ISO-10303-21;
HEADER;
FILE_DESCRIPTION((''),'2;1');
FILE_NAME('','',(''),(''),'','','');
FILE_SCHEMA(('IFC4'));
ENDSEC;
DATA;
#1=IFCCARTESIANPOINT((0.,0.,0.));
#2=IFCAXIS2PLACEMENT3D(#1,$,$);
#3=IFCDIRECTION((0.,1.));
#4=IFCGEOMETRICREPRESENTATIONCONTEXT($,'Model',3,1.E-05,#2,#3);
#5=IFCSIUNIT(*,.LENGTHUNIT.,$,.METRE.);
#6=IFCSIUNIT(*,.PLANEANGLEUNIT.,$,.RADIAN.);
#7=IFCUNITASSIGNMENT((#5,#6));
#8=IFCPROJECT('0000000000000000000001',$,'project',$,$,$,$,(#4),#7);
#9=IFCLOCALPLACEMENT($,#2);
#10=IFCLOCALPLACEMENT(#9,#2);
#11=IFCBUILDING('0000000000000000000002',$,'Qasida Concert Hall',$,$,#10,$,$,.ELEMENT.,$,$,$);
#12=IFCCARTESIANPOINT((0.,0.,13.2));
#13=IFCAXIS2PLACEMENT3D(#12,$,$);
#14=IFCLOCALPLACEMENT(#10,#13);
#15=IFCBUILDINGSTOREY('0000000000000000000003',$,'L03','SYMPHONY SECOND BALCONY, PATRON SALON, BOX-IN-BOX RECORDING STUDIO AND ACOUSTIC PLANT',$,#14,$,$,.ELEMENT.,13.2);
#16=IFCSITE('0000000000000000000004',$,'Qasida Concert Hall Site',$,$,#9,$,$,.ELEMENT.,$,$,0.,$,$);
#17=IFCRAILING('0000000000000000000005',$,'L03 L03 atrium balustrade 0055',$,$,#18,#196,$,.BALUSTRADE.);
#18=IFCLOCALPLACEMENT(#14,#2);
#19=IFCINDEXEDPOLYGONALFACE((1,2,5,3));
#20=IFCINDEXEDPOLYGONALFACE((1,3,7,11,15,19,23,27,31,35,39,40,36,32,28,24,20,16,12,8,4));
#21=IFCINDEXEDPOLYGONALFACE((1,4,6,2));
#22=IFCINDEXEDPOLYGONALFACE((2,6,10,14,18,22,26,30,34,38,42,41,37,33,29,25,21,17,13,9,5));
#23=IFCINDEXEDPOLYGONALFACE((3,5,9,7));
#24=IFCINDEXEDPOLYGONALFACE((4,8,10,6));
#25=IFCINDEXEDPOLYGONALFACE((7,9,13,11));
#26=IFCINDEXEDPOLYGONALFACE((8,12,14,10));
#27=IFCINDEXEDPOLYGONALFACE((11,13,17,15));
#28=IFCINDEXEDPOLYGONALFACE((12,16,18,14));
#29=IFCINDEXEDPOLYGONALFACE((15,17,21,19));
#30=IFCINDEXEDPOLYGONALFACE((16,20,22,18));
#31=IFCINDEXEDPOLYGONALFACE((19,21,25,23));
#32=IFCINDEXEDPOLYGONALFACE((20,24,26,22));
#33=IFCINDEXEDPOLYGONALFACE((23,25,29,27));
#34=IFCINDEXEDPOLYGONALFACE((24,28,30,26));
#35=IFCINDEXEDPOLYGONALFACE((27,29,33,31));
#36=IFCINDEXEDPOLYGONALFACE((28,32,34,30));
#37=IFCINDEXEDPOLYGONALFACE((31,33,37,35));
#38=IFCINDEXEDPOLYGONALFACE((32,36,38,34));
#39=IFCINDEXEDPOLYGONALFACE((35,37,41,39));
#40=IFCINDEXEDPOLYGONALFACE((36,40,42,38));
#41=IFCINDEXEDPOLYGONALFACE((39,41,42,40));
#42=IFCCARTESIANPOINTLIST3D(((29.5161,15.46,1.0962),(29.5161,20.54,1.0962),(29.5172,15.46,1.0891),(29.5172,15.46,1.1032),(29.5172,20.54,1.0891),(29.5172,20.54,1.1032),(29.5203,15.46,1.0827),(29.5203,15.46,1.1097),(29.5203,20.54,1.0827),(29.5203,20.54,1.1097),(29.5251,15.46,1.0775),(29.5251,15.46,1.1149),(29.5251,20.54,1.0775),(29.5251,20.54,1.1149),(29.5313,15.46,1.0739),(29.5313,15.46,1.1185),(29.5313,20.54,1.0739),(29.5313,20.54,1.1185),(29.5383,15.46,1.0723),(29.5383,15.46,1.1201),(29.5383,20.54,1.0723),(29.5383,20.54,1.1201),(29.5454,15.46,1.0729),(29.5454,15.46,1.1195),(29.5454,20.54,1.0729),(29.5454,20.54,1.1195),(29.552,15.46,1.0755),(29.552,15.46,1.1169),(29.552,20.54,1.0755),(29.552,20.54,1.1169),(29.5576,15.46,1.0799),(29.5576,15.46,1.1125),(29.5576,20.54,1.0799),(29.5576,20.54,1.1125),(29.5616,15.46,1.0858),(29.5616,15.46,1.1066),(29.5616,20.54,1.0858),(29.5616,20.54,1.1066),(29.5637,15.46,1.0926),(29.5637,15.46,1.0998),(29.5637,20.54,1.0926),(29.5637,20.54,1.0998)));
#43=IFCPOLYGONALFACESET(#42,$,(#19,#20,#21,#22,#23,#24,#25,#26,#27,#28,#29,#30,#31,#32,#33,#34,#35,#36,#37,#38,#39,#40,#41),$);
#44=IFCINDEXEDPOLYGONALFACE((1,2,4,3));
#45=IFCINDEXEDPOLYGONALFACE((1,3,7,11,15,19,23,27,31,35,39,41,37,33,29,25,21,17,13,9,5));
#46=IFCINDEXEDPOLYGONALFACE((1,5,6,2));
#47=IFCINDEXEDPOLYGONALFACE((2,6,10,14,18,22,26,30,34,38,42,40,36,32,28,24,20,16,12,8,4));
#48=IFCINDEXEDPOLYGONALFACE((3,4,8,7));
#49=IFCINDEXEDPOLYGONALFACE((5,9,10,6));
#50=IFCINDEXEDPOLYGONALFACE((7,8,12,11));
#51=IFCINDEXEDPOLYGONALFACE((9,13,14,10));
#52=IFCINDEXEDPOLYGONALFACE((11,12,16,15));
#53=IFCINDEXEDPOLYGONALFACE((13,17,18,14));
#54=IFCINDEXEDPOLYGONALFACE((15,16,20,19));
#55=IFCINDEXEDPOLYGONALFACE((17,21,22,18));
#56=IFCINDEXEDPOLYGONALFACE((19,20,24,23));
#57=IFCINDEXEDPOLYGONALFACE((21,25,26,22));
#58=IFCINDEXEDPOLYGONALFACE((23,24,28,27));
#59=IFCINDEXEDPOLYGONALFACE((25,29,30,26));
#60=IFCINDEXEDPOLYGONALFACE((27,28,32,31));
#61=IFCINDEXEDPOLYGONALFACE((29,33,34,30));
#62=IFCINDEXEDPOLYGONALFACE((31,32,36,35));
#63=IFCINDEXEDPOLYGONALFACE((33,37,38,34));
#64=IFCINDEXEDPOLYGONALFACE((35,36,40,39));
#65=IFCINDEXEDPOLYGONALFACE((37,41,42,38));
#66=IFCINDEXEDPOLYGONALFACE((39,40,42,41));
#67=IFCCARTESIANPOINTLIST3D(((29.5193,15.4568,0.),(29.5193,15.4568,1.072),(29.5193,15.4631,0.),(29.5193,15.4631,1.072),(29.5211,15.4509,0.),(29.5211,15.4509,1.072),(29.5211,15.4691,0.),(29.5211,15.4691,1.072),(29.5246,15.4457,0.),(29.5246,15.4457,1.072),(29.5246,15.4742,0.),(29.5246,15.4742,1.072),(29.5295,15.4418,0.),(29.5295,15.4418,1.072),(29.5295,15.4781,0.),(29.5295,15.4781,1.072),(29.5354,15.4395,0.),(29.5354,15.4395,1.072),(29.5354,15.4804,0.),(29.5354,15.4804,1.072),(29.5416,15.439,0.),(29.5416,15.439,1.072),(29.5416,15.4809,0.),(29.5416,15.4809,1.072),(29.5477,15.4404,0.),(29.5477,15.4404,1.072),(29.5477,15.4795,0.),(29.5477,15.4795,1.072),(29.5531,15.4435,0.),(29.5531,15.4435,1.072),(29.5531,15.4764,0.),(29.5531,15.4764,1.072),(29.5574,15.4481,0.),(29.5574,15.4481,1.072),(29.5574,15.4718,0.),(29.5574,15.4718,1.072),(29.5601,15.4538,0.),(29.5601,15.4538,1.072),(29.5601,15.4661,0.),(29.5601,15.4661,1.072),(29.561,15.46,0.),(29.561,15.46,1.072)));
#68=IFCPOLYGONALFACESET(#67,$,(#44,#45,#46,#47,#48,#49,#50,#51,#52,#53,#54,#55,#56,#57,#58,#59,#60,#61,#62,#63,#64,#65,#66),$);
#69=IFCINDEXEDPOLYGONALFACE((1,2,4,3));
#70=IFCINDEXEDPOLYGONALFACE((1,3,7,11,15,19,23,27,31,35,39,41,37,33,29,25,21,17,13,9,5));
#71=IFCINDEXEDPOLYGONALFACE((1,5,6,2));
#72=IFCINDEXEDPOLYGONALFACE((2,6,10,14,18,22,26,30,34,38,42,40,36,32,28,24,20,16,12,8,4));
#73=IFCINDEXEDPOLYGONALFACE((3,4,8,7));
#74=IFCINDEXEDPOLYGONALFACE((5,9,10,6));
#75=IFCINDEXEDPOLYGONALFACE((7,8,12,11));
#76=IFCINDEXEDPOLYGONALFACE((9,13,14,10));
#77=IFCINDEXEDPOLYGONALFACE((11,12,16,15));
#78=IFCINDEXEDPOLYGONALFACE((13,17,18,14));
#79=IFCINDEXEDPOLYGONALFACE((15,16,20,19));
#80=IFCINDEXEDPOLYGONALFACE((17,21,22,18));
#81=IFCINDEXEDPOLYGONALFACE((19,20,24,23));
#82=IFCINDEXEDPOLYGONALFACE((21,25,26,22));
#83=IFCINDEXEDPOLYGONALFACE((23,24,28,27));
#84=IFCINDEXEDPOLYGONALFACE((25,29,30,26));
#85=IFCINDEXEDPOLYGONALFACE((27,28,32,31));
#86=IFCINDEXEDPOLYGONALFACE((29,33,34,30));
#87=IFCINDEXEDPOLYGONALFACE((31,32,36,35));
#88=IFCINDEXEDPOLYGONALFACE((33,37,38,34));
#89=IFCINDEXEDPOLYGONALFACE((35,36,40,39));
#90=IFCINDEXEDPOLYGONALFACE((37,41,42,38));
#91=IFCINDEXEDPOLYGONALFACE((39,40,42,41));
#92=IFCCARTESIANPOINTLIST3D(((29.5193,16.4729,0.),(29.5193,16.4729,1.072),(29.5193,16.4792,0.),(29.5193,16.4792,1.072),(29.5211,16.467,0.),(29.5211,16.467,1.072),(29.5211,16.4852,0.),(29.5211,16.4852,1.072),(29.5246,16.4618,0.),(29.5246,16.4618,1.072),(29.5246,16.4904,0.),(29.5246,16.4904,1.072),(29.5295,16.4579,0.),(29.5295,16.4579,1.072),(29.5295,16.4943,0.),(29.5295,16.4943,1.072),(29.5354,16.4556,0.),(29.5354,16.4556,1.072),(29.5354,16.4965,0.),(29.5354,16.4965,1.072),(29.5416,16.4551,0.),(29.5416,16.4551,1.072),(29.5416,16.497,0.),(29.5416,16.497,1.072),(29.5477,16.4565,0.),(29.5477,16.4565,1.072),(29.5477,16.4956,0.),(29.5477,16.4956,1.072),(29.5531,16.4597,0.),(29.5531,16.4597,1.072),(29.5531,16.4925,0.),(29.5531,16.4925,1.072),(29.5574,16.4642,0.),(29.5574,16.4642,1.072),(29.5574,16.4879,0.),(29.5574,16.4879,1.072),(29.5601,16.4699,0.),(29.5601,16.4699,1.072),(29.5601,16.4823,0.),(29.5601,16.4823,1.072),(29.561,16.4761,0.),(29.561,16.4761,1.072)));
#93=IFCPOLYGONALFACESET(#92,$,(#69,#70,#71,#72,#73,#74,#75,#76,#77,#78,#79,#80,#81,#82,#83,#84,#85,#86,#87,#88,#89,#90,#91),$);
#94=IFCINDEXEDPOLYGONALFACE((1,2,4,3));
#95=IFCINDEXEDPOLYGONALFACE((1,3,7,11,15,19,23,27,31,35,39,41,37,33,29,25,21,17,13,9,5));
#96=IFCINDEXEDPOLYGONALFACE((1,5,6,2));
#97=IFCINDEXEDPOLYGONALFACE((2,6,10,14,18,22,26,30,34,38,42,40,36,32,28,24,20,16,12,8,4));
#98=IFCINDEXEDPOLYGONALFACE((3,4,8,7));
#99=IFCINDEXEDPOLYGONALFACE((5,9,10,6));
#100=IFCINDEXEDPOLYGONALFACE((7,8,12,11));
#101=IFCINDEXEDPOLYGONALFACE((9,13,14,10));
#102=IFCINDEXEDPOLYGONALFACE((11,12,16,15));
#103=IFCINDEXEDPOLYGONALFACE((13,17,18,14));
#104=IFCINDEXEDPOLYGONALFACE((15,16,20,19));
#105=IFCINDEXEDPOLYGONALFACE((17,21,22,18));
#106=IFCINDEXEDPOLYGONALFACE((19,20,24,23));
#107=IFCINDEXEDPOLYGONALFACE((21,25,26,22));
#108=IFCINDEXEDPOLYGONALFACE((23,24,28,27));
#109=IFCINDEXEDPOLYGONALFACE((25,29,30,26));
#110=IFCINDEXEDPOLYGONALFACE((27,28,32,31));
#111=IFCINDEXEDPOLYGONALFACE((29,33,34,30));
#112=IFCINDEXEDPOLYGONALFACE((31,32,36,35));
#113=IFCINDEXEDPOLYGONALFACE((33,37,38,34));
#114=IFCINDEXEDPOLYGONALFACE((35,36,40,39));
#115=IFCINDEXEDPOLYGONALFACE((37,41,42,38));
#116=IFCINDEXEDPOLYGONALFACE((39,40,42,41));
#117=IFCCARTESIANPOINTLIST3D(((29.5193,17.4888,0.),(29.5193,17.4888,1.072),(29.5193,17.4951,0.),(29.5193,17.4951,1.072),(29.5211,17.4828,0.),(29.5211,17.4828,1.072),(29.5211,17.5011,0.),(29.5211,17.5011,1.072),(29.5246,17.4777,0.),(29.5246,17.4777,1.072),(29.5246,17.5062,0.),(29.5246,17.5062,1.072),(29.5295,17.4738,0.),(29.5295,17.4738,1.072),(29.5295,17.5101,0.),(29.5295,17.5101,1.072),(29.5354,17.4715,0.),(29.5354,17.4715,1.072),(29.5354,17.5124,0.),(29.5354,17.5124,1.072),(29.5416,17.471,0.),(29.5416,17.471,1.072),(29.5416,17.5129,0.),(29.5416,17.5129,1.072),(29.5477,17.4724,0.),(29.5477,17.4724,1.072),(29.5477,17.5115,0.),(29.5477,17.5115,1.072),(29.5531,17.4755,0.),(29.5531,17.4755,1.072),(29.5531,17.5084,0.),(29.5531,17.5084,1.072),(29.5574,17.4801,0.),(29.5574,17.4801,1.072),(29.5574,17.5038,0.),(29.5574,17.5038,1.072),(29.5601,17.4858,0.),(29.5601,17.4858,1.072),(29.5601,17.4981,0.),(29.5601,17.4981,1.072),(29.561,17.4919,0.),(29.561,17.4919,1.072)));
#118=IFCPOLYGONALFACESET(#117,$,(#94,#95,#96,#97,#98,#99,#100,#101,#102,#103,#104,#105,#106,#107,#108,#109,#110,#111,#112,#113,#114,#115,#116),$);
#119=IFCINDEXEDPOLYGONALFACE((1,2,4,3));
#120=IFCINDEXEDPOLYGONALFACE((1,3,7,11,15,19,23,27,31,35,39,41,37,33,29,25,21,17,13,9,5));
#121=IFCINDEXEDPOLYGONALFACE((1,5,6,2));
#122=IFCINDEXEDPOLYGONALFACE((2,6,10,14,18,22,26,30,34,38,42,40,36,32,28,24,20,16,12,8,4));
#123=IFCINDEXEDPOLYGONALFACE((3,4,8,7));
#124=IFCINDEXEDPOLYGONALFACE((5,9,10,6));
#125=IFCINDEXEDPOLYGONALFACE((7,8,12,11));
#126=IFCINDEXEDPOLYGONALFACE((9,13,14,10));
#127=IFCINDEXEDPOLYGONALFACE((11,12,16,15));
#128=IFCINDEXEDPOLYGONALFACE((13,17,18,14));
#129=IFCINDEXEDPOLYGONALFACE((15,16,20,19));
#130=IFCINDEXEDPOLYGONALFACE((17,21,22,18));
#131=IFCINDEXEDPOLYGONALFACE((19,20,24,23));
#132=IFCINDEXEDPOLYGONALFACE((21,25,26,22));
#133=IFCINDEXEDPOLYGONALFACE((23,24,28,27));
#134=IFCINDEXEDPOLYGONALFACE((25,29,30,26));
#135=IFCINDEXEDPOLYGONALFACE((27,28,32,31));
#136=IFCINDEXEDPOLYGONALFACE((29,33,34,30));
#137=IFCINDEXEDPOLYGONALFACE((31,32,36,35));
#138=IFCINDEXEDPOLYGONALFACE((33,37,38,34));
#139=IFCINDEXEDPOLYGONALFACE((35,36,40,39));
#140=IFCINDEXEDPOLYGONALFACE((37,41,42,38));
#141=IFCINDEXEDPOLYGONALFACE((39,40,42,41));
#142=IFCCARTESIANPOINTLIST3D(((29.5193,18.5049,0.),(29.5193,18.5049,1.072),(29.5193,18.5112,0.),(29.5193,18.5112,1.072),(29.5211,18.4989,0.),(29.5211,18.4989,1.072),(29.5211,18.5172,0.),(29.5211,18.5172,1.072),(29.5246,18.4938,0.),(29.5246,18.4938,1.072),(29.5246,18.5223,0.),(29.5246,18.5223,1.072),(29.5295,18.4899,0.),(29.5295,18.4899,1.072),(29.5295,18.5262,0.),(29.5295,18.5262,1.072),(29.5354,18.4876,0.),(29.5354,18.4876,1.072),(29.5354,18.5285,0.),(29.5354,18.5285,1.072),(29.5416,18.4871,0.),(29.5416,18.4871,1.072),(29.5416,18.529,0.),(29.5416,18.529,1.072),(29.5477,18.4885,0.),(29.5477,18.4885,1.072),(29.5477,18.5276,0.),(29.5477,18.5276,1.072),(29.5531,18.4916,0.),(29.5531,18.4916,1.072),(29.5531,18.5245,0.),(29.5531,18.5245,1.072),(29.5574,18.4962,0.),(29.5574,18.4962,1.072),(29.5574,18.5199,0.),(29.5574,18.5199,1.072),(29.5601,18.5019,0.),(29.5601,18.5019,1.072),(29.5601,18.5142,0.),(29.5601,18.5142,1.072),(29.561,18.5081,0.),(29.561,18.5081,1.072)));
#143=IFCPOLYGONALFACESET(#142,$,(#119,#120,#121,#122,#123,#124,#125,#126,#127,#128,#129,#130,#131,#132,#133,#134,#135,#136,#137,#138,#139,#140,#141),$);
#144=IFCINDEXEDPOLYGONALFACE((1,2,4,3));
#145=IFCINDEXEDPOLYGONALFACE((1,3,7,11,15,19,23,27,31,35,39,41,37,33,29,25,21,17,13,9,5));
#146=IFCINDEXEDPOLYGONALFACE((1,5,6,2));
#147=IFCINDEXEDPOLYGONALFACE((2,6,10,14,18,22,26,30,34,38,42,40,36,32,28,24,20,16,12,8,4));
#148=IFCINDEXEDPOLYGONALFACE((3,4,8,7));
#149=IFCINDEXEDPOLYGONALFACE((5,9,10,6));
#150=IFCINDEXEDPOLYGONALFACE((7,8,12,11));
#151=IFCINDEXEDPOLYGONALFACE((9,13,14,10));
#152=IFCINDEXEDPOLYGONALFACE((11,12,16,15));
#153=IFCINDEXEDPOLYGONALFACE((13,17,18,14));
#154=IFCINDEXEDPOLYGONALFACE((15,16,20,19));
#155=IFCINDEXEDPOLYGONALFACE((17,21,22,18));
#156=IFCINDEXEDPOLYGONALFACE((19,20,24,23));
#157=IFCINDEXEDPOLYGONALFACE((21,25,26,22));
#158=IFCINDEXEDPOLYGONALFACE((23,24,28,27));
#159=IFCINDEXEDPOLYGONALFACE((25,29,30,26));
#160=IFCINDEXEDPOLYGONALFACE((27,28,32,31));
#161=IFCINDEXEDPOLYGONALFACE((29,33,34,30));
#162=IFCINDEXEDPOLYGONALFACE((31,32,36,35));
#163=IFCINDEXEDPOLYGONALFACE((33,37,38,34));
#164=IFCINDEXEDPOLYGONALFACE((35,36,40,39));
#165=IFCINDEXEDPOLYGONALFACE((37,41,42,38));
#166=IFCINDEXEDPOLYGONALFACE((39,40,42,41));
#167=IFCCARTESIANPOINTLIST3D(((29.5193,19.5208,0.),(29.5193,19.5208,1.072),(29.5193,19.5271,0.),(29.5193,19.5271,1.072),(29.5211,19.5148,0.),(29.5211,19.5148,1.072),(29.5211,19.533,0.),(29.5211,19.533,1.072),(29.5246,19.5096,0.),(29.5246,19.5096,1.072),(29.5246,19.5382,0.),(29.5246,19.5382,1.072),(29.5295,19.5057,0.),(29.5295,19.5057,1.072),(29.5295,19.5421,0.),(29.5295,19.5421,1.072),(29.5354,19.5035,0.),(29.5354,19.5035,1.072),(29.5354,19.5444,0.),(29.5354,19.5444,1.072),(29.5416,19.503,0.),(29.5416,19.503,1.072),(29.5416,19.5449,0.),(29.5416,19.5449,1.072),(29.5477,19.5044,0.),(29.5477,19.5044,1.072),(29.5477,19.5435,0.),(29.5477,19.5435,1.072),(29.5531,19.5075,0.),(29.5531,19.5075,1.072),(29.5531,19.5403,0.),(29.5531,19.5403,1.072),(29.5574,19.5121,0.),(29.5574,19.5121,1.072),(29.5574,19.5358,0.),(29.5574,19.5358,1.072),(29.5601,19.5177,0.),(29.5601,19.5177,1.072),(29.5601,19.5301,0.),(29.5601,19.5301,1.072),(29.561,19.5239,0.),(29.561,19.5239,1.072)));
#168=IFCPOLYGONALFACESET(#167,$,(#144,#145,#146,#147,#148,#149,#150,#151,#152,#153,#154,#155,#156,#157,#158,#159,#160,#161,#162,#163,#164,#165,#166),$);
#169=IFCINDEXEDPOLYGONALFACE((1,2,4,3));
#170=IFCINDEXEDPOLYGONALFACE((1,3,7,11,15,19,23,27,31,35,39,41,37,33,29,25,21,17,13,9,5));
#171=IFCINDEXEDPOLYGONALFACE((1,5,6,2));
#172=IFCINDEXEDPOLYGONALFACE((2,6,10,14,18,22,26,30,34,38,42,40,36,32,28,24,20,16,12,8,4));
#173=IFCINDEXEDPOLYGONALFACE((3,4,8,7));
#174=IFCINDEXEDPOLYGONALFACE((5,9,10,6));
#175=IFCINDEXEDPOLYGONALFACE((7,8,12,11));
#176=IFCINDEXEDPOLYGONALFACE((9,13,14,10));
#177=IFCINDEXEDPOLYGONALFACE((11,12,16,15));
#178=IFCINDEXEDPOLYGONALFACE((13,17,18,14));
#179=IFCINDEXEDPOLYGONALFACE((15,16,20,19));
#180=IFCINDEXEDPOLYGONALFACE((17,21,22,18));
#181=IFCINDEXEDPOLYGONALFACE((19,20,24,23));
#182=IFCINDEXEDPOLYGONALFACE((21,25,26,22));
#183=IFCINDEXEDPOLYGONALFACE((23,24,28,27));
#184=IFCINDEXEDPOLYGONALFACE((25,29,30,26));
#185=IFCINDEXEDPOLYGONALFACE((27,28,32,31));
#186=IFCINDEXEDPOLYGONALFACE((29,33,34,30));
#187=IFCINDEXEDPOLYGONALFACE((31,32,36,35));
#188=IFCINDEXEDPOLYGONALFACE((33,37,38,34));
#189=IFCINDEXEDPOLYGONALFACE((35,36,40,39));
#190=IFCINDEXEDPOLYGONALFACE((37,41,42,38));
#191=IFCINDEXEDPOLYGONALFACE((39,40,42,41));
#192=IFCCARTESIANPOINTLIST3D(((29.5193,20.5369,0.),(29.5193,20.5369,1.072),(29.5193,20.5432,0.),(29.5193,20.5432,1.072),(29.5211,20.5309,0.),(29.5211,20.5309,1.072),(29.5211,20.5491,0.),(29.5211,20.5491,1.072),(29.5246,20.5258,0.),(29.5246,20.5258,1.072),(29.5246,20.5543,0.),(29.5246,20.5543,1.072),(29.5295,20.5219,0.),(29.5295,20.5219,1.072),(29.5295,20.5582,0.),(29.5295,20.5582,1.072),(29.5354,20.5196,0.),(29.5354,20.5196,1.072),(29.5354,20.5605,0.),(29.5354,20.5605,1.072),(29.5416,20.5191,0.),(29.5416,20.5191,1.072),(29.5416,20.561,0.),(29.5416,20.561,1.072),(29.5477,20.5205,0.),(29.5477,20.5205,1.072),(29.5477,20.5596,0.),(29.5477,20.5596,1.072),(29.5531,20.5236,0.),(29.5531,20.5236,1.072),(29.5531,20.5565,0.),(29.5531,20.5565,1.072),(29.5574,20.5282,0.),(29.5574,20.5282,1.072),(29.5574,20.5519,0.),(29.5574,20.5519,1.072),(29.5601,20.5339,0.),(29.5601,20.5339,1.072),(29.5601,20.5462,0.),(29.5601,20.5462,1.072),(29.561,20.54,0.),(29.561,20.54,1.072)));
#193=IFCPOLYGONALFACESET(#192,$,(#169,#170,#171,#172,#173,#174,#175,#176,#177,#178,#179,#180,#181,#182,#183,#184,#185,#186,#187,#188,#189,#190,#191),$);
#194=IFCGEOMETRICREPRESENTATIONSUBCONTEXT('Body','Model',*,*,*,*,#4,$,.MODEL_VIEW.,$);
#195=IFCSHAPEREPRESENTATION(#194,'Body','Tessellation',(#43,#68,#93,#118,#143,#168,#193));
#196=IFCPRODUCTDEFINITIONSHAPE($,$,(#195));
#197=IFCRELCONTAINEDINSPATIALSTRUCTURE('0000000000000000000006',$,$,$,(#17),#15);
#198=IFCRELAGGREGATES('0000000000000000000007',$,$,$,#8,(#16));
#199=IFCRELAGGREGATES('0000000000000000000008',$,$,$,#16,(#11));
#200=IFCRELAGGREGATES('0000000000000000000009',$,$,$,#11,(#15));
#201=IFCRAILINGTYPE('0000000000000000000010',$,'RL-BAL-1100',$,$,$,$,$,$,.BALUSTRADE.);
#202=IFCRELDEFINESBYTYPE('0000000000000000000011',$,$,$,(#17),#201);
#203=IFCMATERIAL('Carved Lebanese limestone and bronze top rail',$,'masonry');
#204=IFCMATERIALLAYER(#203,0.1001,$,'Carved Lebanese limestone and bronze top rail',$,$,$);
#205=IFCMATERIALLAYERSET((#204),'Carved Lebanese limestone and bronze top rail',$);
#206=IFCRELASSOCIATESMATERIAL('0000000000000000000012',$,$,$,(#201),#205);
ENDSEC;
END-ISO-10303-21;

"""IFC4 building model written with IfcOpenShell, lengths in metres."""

from ifc_helpers import new_model, si_unit, direction, frame, origin, origin_2d, place, context, subcontext, project, spatial, circle, extrude, material, layer, layer_set, type_object, element, save


model = new_model("IFC4")

# Units and contexts
model_context = context("Model", 3, precision=1e-05, world=origin(), true_north=direction((0.0, 1.0)))
body_context = subcontext(model_context, "Body", "Model", "MODEL_VIEW")
ifc_project = project(units=[si_unit("LENGTHUNIT", "METRE"), si_unit("PLANEANGLEUNIT", "RADIAN")], contexts=[model_context])

# Site, building, storey
site_placement = place(None, origin())
site = spatial("IfcSite", under=ifc_project, at=site_placement, Name="Qasida Concert Hall Site", CompositionType="ELEMENT", RefElevation=0.0)
building_placement = place(site_placement, origin())
building = spatial("IfcBuilding", under=site, at=building_placement, Name="Qasida Concert Hall", CompositionType="ELEMENT")
storey_placement = place(building_placement, frame((0.0, 0.0, 13.2)))
storey = spatial("IfcBuildingStorey", under=building, at=storey_placement, Name="L03", Description="SYMPHONY SECOND BALCONY, PATRON SALON, BOX-IN-BOX RECORDING STUDIO AND ACOUSTIC PLANT", CompositionType="ELEMENT", Elevation=13.2)

# Railing
ifc_material_1 = material(Name="Carved Lebanese limestone and bronze top rail", Category="masonry")
ifc_layer_1 = layer(ifc_material_1, 0.1001, Name="Carved Lebanese limestone and bronze top rail")
ifc_layer_set_1 = layer_set([ifc_layer_1], Name="Carved Lebanese limestone and bronze top rail")
railing_type = type_object("IfcRailingType", Name="RL-BAL-1100", PredefinedType="BALUSTRADE", material=ifc_layer_set_1)
railing_1_placement = place(storey_placement, frame((29.54, 15.46, 0.0)))
element("IfcRailing", 1, at=railing_1_placement, inside=storey, type_object=railing_type, Name="L03 L03 atrium balustrade 0055", PredefinedType="BALUSTRADE", context=body_context, shape_type="SweptSolid", body=[
    extrude(circle(Radius=0.0239, at=origin_2d()), frame((0.0, 0.0, 1.0962), z_axis=(0.0, 1.0, 0.0), x_axis=(-1.0, 0.0, 0.0)), (0.0, 0.0, 1.0), 5.0801),
    extrude(circle(Radius=0.021, at=origin_2d()), origin(), (0.0, 0.0, 1.0), 1.072),
    extrude(circle(Radius=0.021, at=origin_2d()), frame((0.0, 1.0161, 0.0)), (0.0, 0.0, 1.0), 1.072),
    extrude(circle(Radius=0.021, at=origin_2d()), frame((0.0, 2.032, 0.0)), (0.0, 0.0, 1.0), 1.072),
    extrude(circle(Radius=0.021, at=origin_2d()), frame((0.0, 3.0481, 0.0)), (0.0, 0.0, 1.0), 1.072),
    extrude(circle(Radius=0.021, at=origin_2d()), frame((0.0, 4.064, 0.0)), (0.0, 0.0, 1.0), 1.072),
    extrude(circle(Radius=0.021, at=origin_2d()), frame((0.0, 5.0801, 0.0)), (0.0, 0.0, 1.0), 1.072),
])

save(model, "model.ifc")
